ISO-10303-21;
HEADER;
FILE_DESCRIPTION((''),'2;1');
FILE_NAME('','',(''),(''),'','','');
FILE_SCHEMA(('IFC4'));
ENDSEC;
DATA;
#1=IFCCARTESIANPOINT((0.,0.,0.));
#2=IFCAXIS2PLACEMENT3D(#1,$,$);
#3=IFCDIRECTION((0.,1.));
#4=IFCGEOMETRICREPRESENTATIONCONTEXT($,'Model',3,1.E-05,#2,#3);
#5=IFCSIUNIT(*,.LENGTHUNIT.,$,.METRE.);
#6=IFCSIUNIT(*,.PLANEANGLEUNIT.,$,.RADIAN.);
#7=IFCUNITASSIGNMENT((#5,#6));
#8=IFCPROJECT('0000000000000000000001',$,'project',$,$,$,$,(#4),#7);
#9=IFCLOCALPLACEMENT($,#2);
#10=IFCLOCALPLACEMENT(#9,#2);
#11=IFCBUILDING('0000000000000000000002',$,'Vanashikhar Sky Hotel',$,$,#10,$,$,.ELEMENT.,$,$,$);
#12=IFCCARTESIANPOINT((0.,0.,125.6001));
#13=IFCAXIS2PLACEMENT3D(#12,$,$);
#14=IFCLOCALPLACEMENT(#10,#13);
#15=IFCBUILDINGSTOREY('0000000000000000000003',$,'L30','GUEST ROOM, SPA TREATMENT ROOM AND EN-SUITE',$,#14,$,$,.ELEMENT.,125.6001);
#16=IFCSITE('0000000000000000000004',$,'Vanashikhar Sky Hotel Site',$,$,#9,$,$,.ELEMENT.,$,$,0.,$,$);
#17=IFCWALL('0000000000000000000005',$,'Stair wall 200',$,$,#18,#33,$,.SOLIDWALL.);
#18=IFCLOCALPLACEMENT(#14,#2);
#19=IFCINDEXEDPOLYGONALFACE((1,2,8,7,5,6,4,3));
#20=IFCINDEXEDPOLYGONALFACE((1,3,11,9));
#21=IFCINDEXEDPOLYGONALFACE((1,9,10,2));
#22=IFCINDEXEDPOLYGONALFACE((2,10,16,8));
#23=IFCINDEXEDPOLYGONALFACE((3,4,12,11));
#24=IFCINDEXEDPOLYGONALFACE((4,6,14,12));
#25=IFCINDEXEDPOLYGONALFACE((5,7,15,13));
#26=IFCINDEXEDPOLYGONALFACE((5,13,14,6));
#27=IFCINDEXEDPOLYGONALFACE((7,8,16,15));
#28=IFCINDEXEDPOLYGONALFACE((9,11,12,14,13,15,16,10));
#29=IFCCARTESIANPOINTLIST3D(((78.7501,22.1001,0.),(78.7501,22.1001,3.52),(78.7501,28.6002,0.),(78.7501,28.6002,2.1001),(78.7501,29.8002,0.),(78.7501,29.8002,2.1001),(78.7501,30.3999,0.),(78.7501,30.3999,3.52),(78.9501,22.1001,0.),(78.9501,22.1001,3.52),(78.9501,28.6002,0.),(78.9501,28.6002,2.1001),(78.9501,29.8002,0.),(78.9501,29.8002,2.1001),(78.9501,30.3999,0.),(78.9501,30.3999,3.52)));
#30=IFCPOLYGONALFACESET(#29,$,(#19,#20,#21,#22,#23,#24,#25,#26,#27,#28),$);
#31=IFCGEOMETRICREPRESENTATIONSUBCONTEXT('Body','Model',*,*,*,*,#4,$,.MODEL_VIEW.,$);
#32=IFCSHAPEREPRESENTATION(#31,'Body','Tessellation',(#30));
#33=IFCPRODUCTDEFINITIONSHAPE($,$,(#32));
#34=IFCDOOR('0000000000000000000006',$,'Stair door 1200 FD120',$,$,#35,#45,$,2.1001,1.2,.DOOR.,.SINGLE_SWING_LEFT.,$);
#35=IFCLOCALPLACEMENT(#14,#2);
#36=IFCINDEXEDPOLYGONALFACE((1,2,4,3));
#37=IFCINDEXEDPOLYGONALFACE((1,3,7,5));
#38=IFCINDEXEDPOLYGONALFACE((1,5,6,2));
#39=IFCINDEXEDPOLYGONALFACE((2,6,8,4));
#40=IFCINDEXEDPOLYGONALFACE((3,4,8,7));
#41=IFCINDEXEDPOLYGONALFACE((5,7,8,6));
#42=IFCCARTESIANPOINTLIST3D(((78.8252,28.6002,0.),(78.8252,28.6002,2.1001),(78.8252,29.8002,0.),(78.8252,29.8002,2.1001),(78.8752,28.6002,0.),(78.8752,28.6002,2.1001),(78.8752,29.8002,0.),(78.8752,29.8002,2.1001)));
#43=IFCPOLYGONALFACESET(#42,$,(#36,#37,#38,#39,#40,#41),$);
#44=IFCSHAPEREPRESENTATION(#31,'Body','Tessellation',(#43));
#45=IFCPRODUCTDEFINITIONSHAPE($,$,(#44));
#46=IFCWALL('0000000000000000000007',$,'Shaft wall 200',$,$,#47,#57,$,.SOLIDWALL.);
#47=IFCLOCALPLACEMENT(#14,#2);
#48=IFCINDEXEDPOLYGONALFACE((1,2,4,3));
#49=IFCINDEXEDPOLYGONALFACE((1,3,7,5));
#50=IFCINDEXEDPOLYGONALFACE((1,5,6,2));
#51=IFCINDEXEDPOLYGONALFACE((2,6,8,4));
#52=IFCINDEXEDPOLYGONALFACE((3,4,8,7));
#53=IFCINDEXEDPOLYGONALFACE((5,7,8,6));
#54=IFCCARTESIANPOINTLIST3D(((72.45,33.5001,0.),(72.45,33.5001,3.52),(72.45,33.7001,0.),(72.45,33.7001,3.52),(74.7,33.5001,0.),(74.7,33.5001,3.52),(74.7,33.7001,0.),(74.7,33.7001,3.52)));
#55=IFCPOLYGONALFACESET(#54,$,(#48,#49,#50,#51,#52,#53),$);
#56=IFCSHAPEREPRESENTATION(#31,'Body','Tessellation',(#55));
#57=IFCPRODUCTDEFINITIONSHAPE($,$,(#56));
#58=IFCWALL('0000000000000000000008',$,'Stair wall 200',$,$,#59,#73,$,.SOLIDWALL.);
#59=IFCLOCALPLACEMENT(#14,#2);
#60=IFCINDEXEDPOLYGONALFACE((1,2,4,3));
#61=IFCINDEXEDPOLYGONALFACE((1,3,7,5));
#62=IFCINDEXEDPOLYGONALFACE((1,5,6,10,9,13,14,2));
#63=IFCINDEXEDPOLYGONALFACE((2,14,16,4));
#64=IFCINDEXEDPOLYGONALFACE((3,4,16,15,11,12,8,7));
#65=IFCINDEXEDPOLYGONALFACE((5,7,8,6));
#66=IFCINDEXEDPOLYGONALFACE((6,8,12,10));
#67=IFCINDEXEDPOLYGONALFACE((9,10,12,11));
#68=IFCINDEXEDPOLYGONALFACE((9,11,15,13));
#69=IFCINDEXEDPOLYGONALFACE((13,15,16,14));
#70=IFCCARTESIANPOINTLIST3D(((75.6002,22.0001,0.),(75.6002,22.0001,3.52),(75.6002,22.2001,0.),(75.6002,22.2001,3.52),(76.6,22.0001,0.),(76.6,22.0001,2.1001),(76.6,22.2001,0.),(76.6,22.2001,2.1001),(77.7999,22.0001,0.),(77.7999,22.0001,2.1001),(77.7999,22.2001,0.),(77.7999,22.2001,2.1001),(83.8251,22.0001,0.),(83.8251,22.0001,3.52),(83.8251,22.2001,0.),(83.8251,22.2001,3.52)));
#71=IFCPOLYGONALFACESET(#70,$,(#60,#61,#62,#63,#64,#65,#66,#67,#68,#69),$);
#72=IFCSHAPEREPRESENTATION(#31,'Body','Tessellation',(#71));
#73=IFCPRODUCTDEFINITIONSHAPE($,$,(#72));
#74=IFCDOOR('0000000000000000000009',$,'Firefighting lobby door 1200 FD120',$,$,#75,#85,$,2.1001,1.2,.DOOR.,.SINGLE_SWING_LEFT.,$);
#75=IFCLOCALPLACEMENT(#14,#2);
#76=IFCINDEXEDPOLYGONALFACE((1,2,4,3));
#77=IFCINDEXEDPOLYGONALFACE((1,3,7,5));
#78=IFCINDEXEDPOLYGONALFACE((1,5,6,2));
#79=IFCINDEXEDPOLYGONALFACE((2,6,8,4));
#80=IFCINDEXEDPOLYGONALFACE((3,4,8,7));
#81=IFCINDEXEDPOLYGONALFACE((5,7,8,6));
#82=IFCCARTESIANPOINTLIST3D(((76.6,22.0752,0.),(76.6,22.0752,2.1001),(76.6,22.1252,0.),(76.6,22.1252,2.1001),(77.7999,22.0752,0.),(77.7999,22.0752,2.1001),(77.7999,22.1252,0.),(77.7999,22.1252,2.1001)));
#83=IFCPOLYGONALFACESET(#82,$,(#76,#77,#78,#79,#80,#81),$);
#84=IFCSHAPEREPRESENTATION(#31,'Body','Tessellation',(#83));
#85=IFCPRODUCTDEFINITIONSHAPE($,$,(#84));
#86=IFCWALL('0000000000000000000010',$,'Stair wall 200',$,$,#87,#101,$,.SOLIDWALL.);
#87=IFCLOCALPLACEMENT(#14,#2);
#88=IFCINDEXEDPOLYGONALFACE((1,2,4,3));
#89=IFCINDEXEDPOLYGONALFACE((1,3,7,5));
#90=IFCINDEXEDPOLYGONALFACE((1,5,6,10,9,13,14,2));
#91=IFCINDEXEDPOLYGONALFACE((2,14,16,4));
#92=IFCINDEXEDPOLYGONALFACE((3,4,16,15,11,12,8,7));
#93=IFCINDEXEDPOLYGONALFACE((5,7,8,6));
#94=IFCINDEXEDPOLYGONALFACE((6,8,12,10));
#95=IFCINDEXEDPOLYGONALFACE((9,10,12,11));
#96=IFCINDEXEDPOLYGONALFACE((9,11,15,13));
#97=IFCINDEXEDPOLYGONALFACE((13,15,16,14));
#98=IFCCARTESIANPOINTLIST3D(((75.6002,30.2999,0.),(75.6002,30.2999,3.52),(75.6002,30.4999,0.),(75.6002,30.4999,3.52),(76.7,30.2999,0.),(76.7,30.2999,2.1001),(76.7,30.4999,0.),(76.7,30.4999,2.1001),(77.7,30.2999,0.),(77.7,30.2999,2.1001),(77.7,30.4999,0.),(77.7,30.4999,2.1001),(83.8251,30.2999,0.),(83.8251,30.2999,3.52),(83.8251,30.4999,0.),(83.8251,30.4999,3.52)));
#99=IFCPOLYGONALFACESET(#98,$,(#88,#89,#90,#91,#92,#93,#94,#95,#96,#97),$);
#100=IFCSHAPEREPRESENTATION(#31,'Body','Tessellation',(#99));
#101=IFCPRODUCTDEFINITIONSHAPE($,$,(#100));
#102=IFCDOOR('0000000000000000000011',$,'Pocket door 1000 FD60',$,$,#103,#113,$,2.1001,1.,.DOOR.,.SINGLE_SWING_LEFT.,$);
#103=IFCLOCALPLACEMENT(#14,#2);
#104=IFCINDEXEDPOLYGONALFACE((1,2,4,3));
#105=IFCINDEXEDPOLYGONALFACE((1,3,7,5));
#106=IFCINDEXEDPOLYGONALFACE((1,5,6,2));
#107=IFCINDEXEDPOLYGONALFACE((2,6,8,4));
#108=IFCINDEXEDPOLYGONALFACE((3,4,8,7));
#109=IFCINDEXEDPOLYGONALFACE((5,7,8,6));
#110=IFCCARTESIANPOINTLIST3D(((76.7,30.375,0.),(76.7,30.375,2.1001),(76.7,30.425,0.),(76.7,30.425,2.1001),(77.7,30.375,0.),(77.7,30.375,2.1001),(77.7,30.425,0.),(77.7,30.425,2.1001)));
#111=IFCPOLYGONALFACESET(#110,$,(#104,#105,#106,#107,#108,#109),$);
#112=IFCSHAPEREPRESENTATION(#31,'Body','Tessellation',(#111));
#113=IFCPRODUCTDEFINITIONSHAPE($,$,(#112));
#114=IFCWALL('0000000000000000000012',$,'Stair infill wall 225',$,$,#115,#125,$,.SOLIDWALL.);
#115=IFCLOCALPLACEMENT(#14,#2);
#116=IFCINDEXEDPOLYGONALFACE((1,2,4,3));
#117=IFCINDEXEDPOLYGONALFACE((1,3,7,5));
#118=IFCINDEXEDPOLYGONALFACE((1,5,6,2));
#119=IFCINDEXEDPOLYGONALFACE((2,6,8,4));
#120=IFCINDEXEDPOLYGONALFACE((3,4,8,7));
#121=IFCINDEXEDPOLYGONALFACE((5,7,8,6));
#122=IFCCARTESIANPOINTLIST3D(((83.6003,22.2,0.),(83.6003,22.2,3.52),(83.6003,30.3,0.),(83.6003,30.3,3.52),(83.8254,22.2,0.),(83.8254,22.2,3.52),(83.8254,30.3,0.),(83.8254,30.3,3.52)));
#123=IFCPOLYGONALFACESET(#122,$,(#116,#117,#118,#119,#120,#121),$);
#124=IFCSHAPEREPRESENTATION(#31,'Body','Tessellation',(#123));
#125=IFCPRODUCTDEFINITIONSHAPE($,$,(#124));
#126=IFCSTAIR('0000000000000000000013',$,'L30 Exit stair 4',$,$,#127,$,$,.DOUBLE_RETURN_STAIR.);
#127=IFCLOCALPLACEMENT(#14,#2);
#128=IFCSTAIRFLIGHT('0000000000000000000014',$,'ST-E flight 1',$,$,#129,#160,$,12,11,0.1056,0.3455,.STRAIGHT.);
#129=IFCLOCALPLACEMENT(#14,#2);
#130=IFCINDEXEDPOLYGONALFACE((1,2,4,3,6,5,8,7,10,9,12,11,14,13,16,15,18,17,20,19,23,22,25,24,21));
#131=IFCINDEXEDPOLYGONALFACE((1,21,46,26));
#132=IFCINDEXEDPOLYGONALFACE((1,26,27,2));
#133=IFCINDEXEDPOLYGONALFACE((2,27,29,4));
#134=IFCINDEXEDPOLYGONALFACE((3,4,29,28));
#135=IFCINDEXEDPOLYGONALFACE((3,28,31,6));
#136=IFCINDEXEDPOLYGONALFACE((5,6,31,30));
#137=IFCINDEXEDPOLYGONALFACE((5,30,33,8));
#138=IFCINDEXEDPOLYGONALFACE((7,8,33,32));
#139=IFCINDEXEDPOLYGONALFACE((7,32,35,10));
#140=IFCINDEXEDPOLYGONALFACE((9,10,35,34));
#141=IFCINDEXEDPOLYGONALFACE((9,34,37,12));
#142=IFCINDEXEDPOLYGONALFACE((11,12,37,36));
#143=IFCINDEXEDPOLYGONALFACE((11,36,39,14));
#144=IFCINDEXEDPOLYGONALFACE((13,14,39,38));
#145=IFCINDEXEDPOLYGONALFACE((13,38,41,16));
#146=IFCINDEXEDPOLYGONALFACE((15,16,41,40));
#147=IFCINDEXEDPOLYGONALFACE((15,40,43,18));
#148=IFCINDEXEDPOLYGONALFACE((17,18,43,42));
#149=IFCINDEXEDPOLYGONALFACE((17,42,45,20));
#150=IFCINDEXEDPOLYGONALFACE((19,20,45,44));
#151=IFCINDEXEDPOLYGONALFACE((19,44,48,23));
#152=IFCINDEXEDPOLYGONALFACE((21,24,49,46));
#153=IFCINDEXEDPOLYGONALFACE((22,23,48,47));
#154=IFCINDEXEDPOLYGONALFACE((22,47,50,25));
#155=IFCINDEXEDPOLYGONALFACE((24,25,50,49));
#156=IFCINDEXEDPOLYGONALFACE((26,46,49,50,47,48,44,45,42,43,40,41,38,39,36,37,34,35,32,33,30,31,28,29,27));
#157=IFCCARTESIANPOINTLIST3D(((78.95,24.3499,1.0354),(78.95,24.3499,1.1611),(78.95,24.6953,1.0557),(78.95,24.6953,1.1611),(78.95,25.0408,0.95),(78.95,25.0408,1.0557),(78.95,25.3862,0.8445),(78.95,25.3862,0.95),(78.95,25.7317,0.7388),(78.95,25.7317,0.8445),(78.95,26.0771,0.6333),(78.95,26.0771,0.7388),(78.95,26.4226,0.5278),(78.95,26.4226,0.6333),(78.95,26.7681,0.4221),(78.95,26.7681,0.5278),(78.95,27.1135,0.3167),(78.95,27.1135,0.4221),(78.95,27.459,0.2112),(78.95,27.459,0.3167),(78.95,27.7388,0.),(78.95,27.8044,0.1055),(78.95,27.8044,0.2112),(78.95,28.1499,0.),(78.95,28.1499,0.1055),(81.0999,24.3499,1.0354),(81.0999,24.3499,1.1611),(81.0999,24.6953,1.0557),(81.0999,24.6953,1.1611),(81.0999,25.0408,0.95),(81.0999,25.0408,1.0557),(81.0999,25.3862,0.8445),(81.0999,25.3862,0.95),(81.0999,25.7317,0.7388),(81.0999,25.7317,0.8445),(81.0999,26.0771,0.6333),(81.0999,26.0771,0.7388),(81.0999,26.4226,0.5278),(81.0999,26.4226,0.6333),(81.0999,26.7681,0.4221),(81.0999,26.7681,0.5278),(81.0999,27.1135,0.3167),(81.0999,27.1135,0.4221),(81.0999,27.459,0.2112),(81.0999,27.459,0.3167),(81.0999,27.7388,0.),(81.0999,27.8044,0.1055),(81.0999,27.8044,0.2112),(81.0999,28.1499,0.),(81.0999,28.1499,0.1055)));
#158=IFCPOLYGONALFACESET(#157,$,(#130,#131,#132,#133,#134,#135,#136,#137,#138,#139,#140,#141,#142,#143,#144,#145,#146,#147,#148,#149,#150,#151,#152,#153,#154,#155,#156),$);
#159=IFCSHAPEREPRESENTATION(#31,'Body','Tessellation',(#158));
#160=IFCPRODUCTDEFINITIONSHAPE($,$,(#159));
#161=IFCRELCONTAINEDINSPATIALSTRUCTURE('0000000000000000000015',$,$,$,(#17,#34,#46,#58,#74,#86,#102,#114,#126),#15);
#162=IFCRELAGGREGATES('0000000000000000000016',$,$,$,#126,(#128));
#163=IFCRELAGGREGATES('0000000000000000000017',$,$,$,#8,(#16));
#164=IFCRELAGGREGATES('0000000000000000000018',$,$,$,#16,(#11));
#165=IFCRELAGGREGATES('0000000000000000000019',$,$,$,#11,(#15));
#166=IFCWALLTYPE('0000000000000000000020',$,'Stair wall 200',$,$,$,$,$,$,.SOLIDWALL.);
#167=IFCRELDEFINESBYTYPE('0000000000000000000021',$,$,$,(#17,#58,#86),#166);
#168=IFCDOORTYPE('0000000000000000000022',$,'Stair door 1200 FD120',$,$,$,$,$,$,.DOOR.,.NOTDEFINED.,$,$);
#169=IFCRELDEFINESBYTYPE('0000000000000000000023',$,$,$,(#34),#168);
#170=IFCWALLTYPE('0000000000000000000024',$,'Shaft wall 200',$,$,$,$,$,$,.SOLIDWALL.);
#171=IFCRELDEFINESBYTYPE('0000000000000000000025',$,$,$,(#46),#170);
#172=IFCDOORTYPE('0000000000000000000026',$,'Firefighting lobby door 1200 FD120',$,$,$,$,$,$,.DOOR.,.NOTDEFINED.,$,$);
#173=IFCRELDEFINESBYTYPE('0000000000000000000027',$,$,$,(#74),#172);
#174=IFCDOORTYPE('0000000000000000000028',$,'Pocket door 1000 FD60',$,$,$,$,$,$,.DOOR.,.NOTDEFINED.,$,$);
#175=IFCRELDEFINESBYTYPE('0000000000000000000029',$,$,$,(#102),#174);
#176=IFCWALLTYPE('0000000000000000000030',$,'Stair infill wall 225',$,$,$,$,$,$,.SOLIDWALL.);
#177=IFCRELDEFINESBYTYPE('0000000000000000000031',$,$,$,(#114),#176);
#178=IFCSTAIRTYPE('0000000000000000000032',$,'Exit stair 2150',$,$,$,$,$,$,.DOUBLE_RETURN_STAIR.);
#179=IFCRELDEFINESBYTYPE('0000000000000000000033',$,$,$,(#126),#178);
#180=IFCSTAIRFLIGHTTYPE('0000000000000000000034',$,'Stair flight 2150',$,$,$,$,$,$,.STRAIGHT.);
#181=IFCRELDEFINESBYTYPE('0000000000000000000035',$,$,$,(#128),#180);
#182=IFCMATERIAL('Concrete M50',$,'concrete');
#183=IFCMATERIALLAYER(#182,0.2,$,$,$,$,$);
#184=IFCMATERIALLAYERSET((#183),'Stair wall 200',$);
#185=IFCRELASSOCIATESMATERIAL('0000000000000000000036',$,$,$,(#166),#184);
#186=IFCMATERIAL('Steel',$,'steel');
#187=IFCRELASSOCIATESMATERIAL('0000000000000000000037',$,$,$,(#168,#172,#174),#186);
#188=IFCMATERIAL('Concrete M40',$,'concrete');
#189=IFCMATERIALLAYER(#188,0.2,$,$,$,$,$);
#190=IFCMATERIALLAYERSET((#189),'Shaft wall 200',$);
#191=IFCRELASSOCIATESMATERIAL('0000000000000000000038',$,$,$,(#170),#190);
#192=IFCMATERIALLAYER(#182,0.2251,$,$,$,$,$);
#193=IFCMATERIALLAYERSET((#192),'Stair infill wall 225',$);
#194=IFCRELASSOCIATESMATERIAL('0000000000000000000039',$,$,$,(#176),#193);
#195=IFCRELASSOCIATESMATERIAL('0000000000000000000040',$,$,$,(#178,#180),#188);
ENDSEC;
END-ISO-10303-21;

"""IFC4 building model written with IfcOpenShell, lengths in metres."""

from ifc_helpers import new_model, si_unit, direction, frame, frame_2d, origin, place, context, subcontext, project, spatial, polyline, rectangle, outline, extrude, source, transform, mapped, material, layer, layer_set, type_object, element, fill, aggregate, save


model = new_model("IFC4")

# Units and contexts
model_context = context("Model", 3, precision=1e-05, world=origin(), true_north=direction((0.0, 1.0)))
body_context = subcontext(model_context, "Body", "Model", "MODEL_VIEW")
ifc_project = project(units=[si_unit("LENGTHUNIT", "METRE"), si_unit("PLANEANGLEUNIT", "RADIAN")], contexts=[model_context])

# Site, building, storey
site_placement = place(None, origin())
site = spatial("IfcSite", under=ifc_project, at=site_placement, Name="Vanashikhar Sky Hotel Site", CompositionType="ELEMENT", RefElevation=0.0)
building_placement = place(site_placement, origin())
building = spatial("IfcBuilding", under=site, at=building_placement, Name="Vanashikhar Sky Hotel", CompositionType="ELEMENT")
storey_placement = place(building_placement, frame((0.0, 0.0, 125.6001)))
storey = spatial("IfcBuildingStorey", under=building, at=storey_placement, Name="L30", Description="GUEST ROOM, SPA TREATMENT ROOM AND EN-SUITE", CompositionType="ELEMENT", Elevation=125.6001)

# Shared definitions
ifc_material_1 = material(Name="Concrete M50", Category="concrete")

# Shared definitions
ifc_material_2 = material(Name="Steel", Category="steel")
shared_shape_1 = source(origin(), body_context, "Body", "SweptSolid", [
    extrude(rectangle(XDim=1.2, YDim=2.1001, at=frame_2d((0.6001, 1.05))), frame((0.0, 0.0249, 0.0), z_axis=(0.0, -1.0, 0.0), x_axis=(1.0, 0.0, 0.0)), (0.0, 0.0, 1.0), 0.05),
])

# Wall, opening, door
ifc_layer_1 = layer(ifc_material_1, 0.2)
ifc_layer_set_1 = layer_set([ifc_layer_1], Name="Stair wall 200")
wall_type_1 = type_object("IfcWallType", Name="Stair wall 200", PredefinedType="SOLIDWALL", material=ifc_layer_set_1)
shared_shape_2 = source(origin(), body_context, "Body", "SweptSolid", [
    extrude(rectangle(XDim=8.2998, YDim=0.2, at=frame_2d((4.1499, 0.0))), origin(), (0.0, 0.0, 1.0), 3.52),
])
wall_1_placement = place(storey_placement, frame((78.8501, 22.1001, 0.0), z_axis=(0.0, 0.0, 1.0), x_axis=(0.0, 1.0, 0.0)))
wall_1 = element("IfcWall", 1, at=wall_1_placement, inside=storey, type_object=wall_type_1, Name="Stair wall 200", PredefinedType="SOLIDWALL", context=body_context, shape_type="MappedRepresentation", body=[
    mapped(shared_shape_2, transform((0.0, 0.0, 0.0), scale=1.0)),
])
shared_shape_3 = source(origin(), body_context, "Body", "SweptSolid", [
    extrude(rectangle(XDim=1.2, YDim=2.1001, at=frame_2d((0.6001, 1.05))), frame((0.0, 0.1099, 0.0), z_axis=(0.0, -1.0, 0.0), x_axis=(1.0, 0.0, 0.0)), (0.0, 0.0, 1.0), 0.22),
])
opening_1_placement = place(wall_1_placement, frame((6.5, 0.0, 0.0)))
opening_1 = element("IfcOpeningElement", 2, at=opening_1_placement, cuts=wall_1, PredefinedType="OPENING", context=body_context, shape_type="MappedRepresentation", body=[
    mapped(shared_shape_3, transform((0.0, 0.0, 0.0), scale=1.0)),
])
door_type_1 = type_object("IfcDoorType", Name="Stair door 1200 FD120", OperationType="NOTDEFINED", PredefinedType="DOOR", material=ifc_material_2)
door_1_placement = place(opening_1_placement, origin())
door_1 = element("IfcDoor", 3, at=door_1_placement, inside=storey, type_object=door_type_1, Name="Stair door 1200 FD120", OperationType="SINGLE_SWING_LEFT", OverallHeight=2.1001, OverallWidth=1.2, PredefinedType="DOOR", context=body_context, shape_type="MappedRepresentation", body=[
    mapped(shared_shape_1, transform((0.0, 0.0, 0.0), scale=1.0)),
])
fill(opening_1, door_1)

# Wall
ifc_material_3 = material(Name="Concrete M40", Category="concrete")
ifc_layer_2 = layer(ifc_material_3, 0.2)
ifc_layer_set_2 = layer_set([ifc_layer_2], Name="Shaft wall 200")
wall_type_2 = type_object("IfcWallType", Name="Shaft wall 200", PredefinedType="SOLIDWALL", material=ifc_layer_set_2)
shared_shape_4 = source(origin(), body_context, "Body", "SweptSolid", [
    extrude(rectangle(XDim=2.25, YDim=0.2, at=frame_2d((1.125, 0.0))), origin(), (0.0, 0.0, 1.0), 3.52),
])
wall_2_placement = place(storey_placement, frame((72.45, 33.6001, 0.0), z_axis=(0.0, 0.0, 1.0), x_axis=(1.0, 0.0, 0.0)))
element("IfcWall", 4, at=wall_2_placement, inside=storey, type_object=wall_type_2, Name="Shaft wall 200", PredefinedType="SOLIDWALL", context=body_context, shape_type="MappedRepresentation", body=[
    mapped(shared_shape_4, transform((0.0, 0.0, 0.0), scale=1.0)),
])

# Walls, openings, doors
shared_shape_5 = source(origin(), body_context, "Body", "SweptSolid", [
    extrude(rectangle(XDim=8.2249, YDim=0.2, at=frame_2d((4.1123, 0.0))), origin(), (0.0, 0.0, 1.0), 3.52),
])
wall_3_placement = place(storey_placement, frame((83.825, 22.1001, 0.0), z_axis=(0.0, 0.0, 1.0), x_axis=(-1.0, 0.0, 0.0)))
wall_3 = element("IfcWall", 5, at=wall_3_placement, inside=storey, type_object=wall_type_1, Name="Stair wall 200", PredefinedType="SOLIDWALL", context=body_context, shape_type="MappedRepresentation", body=[
    mapped(shared_shape_5, transform((0.0, 0.0, 0.0), scale=1.0)),
])
opening_2_placement = place(wall_3_placement, frame((6.0249, 0.0, 0.0)))
opening_2 = element("IfcOpeningElement", 6, at=opening_2_placement, cuts=wall_3, PredefinedType="OPENING", context=body_context, shape_type="MappedRepresentation", body=[
    mapped(shared_shape_3, transform((0.0, 0.0, 0.0), scale=1.0)),
])
door_type_2 = type_object("IfcDoorType", Name="Firefighting lobby door 1200 FD120", OperationType="NOTDEFINED", PredefinedType="DOOR", material=ifc_material_2)
door_2_placement = place(opening_2_placement, origin())
door_2 = element("IfcDoor", 7, at=door_2_placement, inside=storey, type_object=door_type_2, Name="Firefighting lobby door 1200 FD120", OperationType="SINGLE_SWING_LEFT", OverallHeight=2.1001, OverallWidth=1.2, PredefinedType="DOOR", context=body_context, shape_type="MappedRepresentation", body=[
    mapped(shared_shape_1, transform((0.0, 0.0, 0.0), scale=1.0)),
])
fill(opening_2, door_2)
wall_4_placement = place(storey_placement, frame((83.825, 30.3999, 0.0), z_axis=(0.0, 0.0, 1.0), x_axis=(-1.0, 0.0, 0.0)))
wall_4 = element("IfcWall", 8, at=wall_4_placement, inside=storey, type_object=wall_type_1, Name="Stair wall 200", PredefinedType="SOLIDWALL", context=body_context, shape_type="MappedRepresentation", body=[
    mapped(shared_shape_5, transform((0.0, 0.0, 0.0), scale=1.0)),
])
shared_shape_6 = source(origin(), body_context, "Body", "SweptSolid", [
    extrude(rectangle(XDim=1.0, YDim=2.1001, at=frame_2d((0.5, 1.05))), frame((0.0, 0.1099, 0.0), z_axis=(0.0, -1.0, 0.0), x_axis=(1.0, 0.0, 0.0)), (0.0, 0.0, 1.0), 0.22),
])
opening_3_placement = place(wall_4_placement, frame((6.125, 0.0, 0.0)))
opening_3 = element("IfcOpeningElement", 9, at=opening_3_placement, cuts=wall_4, PredefinedType="OPENING", context=body_context, shape_type="MappedRepresentation", body=[
    mapped(shared_shape_6, transform((0.0, 0.0, 0.0), scale=1.0)),
])
door_type_3 = type_object("IfcDoorType", Name="Pocket door 1000 FD60", OperationType="NOTDEFINED", PredefinedType="DOOR", material=ifc_material_2)
shared_shape_7 = source(origin(), body_context, "Body", "SweptSolid", [
    extrude(rectangle(XDim=1.0, YDim=2.1001, at=frame_2d((0.5, 1.05))), frame((0.0, 0.0249, 0.0), z_axis=(0.0, -1.0, 0.0), x_axis=(1.0, 0.0, 0.0)), (0.0, 0.0, 1.0), 0.05),
])
door_3_placement = place(opening_3_placement, origin())
door_3 = element("IfcDoor", 10, at=door_3_placement, inside=storey, type_object=door_type_3, Name="Pocket door 1000 FD60", OperationType="SINGLE_SWING_LEFT", OverallHeight=2.1001, OverallWidth=1.0, PredefinedType="DOOR", context=body_context, shape_type="MappedRepresentation", body=[
    mapped(shared_shape_7, transform((0.0, 0.0, 0.0), scale=1.0)),
])
fill(opening_3, door_3)

# Wall
ifc_layer_3 = layer(ifc_material_1, 0.2251)
ifc_layer_set_3 = layer_set([ifc_layer_3], Name="Stair infill wall 225")
wall_type_3 = type_object("IfcWallType", Name="Stair infill wall 225", PredefinedType="SOLIDWALL", material=ifc_layer_set_3)
shared_shape_8 = source(origin(), body_context, "Body", "SweptSolid", [
    extrude(rectangle(XDim=8.1001, YDim=0.2251, at=frame_2d((4.05, 0.0))), origin(), (0.0, 0.0, 1.0), 3.52),
])
wall_5_placement = place(storey_placement, frame((83.7129, 22.2, 0.0), z_axis=(0.0, 0.0, 1.0), x_axis=(0.0, 1.0, 0.0)))
element("IfcWall", 11, at=wall_5_placement, inside=storey, type_object=wall_type_3, Name="Stair infill wall 225", PredefinedType="SOLIDWALL", context=body_context, shape_type="MappedRepresentation", body=[
    mapped(shared_shape_8, transform((0.0, 0.0, 0.0), scale=1.0)),
])

# Stair, stair flight
stair_type = type_object("IfcStairType", Name="Exit stair 2150", PredefinedType="DOUBLE_RETURN_STAIR", material=ifc_material_3)
stair_placement = place(storey_placement, origin())
stair = element("IfcStair", 12, at=stair_placement, inside=storey, type_object=stair_type, Name="L30 Exit stair 4", PredefinedType="DOUBLE_RETURN_STAIR")
stair_flight_type = type_object("IfcStairFlightType", Name="Stair flight 2150", PredefinedType="STRAIGHT", material=ifc_material_3)
shared_shape_9 = source(origin(), body_context, "Body", "SweptSolid", [
    extrude(outline(polyline([(0.0, 0.0), (0.0, 0.1055), (0.3455, 0.1055), (0.3455, 0.2112), (0.6909, 0.2112), (0.6909, 0.3167), (1.0364, 0.3167), (1.0364, 0.4221), (1.3818, 0.4221), (1.3818, 0.5278), (1.7273, 0.5278), (1.7273, 0.6333), (2.0728, 0.6333), (2.0728, 0.7388), (2.4182, 0.7388), (2.4182, 0.8445), (2.7637, 0.8445), (2.7637, 0.95), (3.1091, 0.95), (3.1091, 1.0557), (3.4546, 1.0557), (3.4546, 1.1611), (3.8, 1.1611), (3.8, 1.2666), (3.8, 1.0354), (0.4111, 0.0), (0.0, 0.0)])), frame((0.0, 1.075, 0.0), z_axis=(0.0, -1.0, 0.0), x_axis=(1.0, 0.0, 0.0)), (0.0, 0.0, 1.0), 2.1499),
])
stair_flight_1_placement = place(storey_placement, frame((80.0249, 28.1499, 0.0), z_axis=(0.0, 0.0, 1.0), x_axis=(0.0, -1.0, 0.0)))
stair_flight_1 = element("IfcStairFlight", 13, at=stair_flight_1_placement, type_object=stair_flight_type, Name="ST-E flight 1", NumberOfRisers=12, NumberOfTreads=11, PredefinedType="STRAIGHT", RiserHeight=0.1056, TreadLength=0.3455, context=body_context, shape_type="MappedRepresentation", body=[
    mapped(shared_shape_9, transform((0.0, 0.0, 0.0), scale=1.0)),
])
aggregate(stair, [stair_flight_1])

save(model, "model.ifc")
